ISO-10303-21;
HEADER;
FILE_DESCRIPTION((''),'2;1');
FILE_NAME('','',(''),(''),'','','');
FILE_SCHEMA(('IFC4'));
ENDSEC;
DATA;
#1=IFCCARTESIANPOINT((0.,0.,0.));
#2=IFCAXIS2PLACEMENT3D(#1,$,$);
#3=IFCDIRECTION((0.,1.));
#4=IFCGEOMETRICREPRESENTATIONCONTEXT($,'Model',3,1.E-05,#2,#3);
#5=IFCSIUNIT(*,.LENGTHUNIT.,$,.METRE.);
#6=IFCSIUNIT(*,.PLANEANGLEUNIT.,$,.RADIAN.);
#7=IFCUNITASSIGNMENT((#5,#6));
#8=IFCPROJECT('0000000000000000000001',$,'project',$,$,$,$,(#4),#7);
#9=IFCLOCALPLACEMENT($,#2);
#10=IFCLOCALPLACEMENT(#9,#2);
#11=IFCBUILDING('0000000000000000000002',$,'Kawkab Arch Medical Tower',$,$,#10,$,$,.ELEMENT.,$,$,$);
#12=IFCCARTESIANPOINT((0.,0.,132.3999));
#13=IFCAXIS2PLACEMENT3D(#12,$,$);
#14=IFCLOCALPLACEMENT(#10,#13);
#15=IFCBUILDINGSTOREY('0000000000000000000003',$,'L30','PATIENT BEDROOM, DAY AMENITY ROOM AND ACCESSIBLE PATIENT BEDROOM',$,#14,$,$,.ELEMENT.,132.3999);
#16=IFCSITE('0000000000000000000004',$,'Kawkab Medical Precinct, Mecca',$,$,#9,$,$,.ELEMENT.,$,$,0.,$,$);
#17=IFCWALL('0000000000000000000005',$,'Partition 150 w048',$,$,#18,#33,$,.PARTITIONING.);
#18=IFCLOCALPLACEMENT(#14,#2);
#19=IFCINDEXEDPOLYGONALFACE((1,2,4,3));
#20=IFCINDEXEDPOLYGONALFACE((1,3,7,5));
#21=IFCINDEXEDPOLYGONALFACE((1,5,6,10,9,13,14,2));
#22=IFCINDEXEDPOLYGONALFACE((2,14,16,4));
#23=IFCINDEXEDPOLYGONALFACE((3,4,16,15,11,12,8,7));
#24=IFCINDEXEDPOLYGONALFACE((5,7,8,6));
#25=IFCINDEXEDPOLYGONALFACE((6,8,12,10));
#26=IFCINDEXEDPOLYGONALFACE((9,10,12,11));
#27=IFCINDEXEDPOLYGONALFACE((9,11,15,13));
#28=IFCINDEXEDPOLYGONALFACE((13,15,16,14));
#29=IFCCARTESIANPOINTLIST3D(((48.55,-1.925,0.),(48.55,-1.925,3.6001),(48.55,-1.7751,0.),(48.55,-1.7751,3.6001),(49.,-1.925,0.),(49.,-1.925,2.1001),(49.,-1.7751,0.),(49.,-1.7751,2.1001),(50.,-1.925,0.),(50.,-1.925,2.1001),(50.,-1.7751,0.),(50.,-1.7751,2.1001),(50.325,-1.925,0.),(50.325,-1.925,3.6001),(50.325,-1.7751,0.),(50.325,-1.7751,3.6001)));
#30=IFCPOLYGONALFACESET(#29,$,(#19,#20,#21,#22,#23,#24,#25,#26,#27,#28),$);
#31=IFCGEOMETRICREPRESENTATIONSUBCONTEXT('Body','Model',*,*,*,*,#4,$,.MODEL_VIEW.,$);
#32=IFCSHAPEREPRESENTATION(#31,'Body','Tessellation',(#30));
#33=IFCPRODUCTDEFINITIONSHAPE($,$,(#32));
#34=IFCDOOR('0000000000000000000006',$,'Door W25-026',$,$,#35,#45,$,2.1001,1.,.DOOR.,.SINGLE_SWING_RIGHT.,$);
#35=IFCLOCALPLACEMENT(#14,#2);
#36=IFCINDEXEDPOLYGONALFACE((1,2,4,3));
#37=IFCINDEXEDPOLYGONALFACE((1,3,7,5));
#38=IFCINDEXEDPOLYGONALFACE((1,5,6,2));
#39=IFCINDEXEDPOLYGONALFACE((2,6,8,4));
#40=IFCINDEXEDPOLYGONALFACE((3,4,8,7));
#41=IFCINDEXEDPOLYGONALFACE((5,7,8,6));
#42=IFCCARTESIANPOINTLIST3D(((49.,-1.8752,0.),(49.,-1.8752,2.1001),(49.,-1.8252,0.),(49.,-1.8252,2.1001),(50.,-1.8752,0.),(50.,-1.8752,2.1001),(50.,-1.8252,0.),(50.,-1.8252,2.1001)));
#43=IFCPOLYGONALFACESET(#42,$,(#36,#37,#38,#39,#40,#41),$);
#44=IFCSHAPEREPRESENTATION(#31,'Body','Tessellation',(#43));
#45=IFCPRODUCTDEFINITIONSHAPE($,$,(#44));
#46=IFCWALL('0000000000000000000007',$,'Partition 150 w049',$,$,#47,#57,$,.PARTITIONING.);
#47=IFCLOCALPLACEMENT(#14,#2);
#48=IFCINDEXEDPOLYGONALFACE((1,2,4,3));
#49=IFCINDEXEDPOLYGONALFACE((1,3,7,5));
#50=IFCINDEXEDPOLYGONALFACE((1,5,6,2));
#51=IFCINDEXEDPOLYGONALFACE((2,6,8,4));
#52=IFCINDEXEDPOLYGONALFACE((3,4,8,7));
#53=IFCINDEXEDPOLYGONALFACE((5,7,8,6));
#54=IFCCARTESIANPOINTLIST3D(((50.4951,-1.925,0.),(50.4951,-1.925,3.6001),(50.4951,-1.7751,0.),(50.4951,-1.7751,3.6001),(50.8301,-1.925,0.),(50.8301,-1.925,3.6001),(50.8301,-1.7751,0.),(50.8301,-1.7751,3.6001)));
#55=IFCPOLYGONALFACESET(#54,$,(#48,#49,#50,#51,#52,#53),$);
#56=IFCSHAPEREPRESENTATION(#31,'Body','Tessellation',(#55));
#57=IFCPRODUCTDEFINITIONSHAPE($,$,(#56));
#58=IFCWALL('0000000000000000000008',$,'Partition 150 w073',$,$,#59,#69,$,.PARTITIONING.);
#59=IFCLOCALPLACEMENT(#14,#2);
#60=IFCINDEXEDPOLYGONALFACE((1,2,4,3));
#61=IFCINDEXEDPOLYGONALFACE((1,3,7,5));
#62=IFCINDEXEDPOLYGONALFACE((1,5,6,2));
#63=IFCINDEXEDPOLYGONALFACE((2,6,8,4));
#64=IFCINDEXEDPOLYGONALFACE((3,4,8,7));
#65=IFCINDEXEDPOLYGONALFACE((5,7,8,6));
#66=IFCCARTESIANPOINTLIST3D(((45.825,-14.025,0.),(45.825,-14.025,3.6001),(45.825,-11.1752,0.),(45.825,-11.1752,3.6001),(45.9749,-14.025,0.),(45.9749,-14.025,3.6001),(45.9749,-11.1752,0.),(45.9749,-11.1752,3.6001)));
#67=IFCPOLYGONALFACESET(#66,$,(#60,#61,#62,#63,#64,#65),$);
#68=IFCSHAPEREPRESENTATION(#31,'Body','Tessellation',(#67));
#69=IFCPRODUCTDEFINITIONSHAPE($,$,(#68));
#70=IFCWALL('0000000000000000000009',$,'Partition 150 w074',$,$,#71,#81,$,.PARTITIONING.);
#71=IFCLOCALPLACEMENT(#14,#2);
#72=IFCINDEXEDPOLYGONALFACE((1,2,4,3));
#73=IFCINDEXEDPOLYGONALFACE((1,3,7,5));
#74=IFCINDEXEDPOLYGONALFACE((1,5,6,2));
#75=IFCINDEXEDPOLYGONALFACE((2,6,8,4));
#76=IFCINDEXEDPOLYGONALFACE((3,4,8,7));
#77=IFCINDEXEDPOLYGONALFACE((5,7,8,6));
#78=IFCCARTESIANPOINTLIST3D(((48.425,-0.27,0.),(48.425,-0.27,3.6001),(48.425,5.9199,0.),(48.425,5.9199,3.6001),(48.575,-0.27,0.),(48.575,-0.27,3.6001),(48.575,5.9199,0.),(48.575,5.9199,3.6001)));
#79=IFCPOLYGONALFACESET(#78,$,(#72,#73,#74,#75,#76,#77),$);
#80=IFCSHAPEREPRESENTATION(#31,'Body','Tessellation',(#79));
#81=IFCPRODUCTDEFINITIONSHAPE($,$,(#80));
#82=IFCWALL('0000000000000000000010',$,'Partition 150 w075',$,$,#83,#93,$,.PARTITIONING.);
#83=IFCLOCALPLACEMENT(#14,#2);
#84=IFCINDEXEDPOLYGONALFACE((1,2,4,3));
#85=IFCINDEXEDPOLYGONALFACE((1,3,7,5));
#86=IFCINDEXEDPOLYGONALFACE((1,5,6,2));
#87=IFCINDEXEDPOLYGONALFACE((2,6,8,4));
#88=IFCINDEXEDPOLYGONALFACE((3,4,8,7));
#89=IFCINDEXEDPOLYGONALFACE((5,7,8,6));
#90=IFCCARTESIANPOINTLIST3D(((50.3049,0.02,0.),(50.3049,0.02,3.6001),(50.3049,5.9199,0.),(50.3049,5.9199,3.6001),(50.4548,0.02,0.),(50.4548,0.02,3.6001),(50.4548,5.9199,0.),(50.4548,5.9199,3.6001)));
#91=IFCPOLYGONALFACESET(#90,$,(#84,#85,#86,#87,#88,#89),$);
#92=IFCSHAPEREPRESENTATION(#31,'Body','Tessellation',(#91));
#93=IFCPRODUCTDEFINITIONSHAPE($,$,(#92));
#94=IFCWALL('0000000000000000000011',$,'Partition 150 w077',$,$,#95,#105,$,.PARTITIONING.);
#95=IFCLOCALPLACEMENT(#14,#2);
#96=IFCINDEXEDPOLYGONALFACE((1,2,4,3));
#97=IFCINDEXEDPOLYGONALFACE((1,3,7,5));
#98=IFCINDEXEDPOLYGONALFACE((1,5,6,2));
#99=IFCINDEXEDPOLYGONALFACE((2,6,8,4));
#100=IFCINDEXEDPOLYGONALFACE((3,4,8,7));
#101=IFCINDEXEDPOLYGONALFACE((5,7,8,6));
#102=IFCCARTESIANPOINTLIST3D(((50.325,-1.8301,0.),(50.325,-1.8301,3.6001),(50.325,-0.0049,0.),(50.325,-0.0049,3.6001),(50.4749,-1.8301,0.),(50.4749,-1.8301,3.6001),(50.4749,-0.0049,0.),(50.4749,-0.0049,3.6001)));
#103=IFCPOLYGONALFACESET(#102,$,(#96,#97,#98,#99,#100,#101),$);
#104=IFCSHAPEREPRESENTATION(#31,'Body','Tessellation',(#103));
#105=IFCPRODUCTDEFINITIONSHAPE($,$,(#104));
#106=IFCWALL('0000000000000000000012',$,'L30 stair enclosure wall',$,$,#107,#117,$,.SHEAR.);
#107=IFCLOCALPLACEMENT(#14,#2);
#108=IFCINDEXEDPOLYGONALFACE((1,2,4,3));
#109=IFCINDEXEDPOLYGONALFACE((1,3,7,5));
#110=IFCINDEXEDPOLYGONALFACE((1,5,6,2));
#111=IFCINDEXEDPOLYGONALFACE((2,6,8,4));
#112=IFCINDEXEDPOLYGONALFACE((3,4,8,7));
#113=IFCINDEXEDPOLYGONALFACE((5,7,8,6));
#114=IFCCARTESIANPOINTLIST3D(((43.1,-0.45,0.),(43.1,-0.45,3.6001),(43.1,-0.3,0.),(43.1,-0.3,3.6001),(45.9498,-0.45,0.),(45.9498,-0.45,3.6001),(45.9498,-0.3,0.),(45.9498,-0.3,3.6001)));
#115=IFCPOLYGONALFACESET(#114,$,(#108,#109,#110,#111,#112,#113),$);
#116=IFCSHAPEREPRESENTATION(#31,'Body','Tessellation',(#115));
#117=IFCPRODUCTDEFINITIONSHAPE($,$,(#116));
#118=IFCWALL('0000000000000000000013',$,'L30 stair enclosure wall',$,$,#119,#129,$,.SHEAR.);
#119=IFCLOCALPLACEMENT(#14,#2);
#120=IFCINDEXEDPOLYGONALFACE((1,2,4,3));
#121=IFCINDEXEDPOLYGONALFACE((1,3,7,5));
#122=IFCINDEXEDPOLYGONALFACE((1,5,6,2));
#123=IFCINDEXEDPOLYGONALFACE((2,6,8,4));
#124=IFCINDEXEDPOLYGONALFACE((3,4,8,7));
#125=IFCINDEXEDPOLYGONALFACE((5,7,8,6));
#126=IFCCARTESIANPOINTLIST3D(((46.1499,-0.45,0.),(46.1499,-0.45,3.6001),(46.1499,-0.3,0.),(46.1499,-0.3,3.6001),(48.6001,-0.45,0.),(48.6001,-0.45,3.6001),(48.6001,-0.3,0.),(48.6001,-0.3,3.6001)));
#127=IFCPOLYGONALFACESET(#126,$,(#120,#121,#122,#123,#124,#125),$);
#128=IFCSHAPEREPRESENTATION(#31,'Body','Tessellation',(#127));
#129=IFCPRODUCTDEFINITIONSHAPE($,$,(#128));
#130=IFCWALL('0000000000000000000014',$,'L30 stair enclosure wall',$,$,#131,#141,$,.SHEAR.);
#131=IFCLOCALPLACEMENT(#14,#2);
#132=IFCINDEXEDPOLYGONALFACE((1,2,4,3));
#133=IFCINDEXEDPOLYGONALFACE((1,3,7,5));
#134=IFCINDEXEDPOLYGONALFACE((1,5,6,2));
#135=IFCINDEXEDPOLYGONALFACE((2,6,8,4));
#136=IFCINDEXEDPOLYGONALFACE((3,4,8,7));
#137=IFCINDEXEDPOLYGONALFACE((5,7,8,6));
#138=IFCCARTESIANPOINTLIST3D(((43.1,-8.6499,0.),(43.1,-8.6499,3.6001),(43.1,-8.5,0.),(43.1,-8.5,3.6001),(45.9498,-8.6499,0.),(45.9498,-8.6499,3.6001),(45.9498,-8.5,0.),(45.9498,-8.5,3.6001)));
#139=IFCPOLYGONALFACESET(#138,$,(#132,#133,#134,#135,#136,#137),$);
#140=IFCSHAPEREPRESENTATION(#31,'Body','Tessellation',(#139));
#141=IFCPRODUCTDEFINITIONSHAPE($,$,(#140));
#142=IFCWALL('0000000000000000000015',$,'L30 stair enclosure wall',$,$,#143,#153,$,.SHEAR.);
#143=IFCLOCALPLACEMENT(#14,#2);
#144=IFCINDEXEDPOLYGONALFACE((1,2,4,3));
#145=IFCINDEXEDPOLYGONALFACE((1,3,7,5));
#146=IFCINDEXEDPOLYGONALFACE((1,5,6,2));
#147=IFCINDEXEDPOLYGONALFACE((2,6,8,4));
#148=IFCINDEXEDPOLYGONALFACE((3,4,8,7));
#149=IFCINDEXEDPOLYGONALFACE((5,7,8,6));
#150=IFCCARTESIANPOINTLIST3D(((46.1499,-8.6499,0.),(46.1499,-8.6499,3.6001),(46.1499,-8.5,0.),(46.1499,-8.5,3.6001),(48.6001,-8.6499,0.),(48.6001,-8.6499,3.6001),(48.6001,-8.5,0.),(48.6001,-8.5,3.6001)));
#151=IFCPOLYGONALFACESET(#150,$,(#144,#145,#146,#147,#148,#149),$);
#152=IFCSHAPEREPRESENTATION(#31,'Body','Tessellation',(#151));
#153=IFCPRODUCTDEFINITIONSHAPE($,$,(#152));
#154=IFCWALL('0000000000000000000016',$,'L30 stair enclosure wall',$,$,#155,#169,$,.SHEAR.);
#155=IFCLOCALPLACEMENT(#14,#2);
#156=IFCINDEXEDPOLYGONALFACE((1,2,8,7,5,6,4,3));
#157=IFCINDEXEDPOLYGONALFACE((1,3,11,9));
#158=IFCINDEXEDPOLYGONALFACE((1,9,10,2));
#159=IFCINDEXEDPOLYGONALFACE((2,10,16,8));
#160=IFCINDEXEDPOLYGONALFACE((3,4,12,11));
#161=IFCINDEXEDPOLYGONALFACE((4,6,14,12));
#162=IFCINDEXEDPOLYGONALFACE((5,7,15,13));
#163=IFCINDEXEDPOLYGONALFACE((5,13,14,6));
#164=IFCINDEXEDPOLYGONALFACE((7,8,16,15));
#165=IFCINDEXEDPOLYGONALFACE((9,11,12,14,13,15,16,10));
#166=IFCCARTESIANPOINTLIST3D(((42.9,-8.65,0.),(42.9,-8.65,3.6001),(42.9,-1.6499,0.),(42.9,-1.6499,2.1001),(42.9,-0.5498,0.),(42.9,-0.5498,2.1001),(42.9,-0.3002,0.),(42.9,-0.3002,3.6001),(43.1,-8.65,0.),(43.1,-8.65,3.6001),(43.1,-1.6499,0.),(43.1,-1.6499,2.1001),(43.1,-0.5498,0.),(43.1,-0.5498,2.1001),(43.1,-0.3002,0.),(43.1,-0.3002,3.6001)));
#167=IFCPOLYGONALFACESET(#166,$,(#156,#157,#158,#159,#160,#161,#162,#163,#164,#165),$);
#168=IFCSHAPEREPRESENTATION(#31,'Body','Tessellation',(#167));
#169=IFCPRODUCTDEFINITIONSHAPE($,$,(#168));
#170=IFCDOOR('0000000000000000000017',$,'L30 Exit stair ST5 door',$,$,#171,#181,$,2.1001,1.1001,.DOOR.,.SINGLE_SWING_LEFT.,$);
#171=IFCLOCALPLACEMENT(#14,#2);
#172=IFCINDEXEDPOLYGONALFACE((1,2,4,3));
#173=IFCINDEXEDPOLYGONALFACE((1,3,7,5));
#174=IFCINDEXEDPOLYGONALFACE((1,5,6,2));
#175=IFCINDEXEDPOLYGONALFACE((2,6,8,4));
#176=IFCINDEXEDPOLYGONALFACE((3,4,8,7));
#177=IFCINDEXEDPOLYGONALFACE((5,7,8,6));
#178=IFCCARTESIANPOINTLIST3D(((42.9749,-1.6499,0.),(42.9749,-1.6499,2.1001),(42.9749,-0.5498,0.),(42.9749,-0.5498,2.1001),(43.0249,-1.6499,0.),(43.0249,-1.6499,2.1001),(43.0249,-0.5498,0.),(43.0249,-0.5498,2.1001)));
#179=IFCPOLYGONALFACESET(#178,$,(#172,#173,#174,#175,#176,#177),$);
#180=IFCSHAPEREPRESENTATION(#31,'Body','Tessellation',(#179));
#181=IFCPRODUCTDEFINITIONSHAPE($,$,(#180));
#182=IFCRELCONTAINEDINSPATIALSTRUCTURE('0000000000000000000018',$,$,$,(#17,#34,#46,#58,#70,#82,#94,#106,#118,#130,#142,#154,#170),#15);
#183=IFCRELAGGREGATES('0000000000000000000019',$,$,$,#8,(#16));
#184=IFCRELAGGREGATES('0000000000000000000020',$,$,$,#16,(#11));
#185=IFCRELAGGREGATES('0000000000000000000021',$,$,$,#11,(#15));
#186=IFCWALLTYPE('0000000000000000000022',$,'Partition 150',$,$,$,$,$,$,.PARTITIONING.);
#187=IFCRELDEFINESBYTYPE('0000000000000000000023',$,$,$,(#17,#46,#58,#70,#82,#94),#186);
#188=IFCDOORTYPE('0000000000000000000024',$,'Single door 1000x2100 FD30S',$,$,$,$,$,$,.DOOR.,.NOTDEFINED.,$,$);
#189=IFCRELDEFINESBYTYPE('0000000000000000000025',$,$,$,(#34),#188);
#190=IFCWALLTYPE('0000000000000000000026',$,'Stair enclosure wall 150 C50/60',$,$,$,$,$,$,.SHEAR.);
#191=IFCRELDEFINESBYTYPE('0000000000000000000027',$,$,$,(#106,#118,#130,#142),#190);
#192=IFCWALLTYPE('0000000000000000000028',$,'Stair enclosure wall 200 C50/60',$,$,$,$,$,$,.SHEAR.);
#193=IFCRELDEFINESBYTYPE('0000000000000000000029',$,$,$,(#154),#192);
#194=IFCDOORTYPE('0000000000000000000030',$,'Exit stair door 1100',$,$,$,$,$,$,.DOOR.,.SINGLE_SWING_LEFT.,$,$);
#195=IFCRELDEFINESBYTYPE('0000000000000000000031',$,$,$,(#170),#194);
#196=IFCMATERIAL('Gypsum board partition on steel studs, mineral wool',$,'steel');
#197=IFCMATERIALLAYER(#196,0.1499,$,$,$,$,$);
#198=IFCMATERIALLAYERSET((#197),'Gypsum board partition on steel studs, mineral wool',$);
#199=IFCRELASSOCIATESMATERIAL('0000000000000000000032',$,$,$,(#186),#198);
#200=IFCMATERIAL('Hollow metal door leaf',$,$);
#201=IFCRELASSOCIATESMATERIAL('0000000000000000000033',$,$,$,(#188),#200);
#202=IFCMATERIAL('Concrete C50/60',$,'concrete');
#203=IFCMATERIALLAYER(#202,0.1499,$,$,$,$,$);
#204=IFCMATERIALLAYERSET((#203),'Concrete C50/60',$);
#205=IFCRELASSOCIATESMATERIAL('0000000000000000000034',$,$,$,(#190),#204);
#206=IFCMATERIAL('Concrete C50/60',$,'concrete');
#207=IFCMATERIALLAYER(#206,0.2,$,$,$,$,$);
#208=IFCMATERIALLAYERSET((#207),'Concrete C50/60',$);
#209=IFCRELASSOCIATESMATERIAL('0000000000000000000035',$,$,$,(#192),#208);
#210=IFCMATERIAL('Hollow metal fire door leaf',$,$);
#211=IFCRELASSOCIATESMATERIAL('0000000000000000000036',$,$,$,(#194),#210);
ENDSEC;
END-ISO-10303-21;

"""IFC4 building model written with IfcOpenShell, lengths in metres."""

from ifc_helpers import new_model, si_unit, direction, frame, frame_2d, origin, place, context, subcontext, project, spatial, rectangle, extrude, material, layer, layer_set, type_object, element, fill, save


model = new_model("IFC4")

# Units and contexts
model_context = context("Model", 3, precision=1e-05, world=origin(), true_north=direction((0.0, 1.0)))
body_context = subcontext(model_context, "Body", "Model", "MODEL_VIEW")
ifc_project = project(units=[si_unit("LENGTHUNIT", "METRE"), si_unit("PLANEANGLEUNIT", "RADIAN")], contexts=[model_context])

# Site, building, storey
site_placement = place(None, origin())
site = spatial("IfcSite", under=ifc_project, at=site_placement, Name="Kawkab Medical Precinct, Mecca", CompositionType="ELEMENT", RefElevation=0.0)
building_placement = place(site_placement, origin())
building = spatial("IfcBuilding", under=site, at=building_placement, Name="Kawkab Arch Medical Tower", CompositionType="ELEMENT")
storey_placement = place(building_placement, frame((0.0, 0.0, 132.3999)))
storey = spatial("IfcBuildingStorey", under=building, at=storey_placement, Name="L30", Description="PATIENT BEDROOM, DAY AMENITY ROOM AND ACCESSIBLE PATIENT BEDROOM", CompositionType="ELEMENT", Elevation=132.3999)

# Wall, opening, door
ifc_material_1 = material(Name="Gypsum board partition on steel studs, mineral wool", Category="steel")
ifc_layer_1 = layer(ifc_material_1, 0.1499)
ifc_layer_set_1 = layer_set([ifc_layer_1], Name="Gypsum board partition on steel studs, mineral wool")
wall_type_1 = type_object("IfcWallType", Name="Partition 150", PredefinedType="PARTITIONING", material=ifc_layer_set_1)
wall_1_placement = place(storey_placement, frame((48.55, -1.8501, 0.0), z_axis=(0.0, 0.0, 1.0), x_axis=(1.0, 0.0, 0.0)))
wall_1 = element("IfcWall", 1, at=wall_1_placement, inside=storey, type_object=wall_type_1, Name="Partition 150 w048", PredefinedType="PARTITIONING", context=body_context, shape_type="SweptSolid", body=[
    extrude(rectangle(XDim=1.7749, YDim=0.1499, at=frame_2d((0.8875, 0.0))), origin(), (0.0, 0.0, 1.0), 3.6001),
])
opening_1_placement = place(wall_1_placement, frame((0.45, 0.0, 0.0)))
opening_1 = element("IfcOpeningElement", 2, at=opening_1_placement, cuts=wall_1, PredefinedType="OPENING", context=body_context, shape_type="SweptSolid", body=[
    extrude(rectangle(XDim=1.0, YDim=2.1001, at=frame_2d((0.5, 1.05))), frame((0.0, 0.085, 0.0), z_axis=(0.0, -1.0, 0.0), x_axis=(1.0, 0.0, 0.0)), (0.0, 0.0, 1.0), 0.1699),
])
ifc_material_2 = material(Name="Hollow metal door leaf")
door_type_1 = type_object("IfcDoorType", Name="Single door 1000x2100 FD30S", OperationType="NOTDEFINED", PredefinedType="DOOR", material=ifc_material_2)
door_1_placement = place(opening_1_placement, origin())
door_1 = element("IfcDoor", 3, at=door_1_placement, inside=storey, type_object=door_type_1, Name="Door W25-026", OperationType="SINGLE_SWING_RIGHT", OverallHeight=2.1001, OverallWidth=1.0, PredefinedType="DOOR", context=body_context, shape_type="SweptSolid", body=[
    extrude(rectangle(XDim=1.0, YDim=2.1001, at=frame_2d((0.5, 1.05))), frame((0.0, 0.0249, 0.0), z_axis=(0.0, -1.0, 0.0), x_axis=(1.0, 0.0, 0.0)), (0.0, 0.0, 1.0), 0.05),
])
fill(opening_1, door_1)

# Walls
wall_2_placement = place(storey_placement, frame((50.4951, -1.8501, 0.0), z_axis=(0.0, 0.0, 1.0), x_axis=(1.0, 0.0, 0.0)))
element("IfcWall", 4, at=wall_2_placement, inside=storey, type_object=wall_type_1, Name="Partition 150 w049", PredefinedType="PARTITIONING", context=body_context, shape_type="SweptSolid", body=[
    extrude(rectangle(XDim=0.335, YDim=0.1499, at=frame_2d((0.1675, 0.0))), origin(), (0.0, 0.0, 1.0), 3.6001),
])
wall_3_placement = place(storey_placement, frame((45.8999, -14.0249, 0.0), z_axis=(0.0, 0.0, 1.0), x_axis=(0.0, 1.0, 0.0)))
element("IfcWall", 5, at=wall_3_placement, inside=storey, type_object=wall_type_1, Name="Partition 150 w073", PredefinedType="PARTITIONING", context=body_context, shape_type="SweptSolid", body=[
    extrude(rectangle(XDim=2.8499, YDim=0.1499, at=frame_2d((1.4248, 0.0))), origin(), (0.0, 0.0, 1.0), 3.6001),
])
wall_4_placement = place(storey_placement, frame((48.5, -0.27, 0.0), z_axis=(0.0, 0.0, 1.0), x_axis=(0.0, 1.0, 0.0)))
element("IfcWall", 6, at=wall_4_placement, inside=storey, type_object=wall_type_1, Name="Partition 150 w074", PredefinedType="PARTITIONING", context=body_context, shape_type="SweptSolid", body=[
    extrude(rectangle(XDim=6.1899, YDim=0.1499, at=frame_2d((3.095, 0.0))), origin(), (0.0, 0.0, 1.0), 3.6001),
])
wall_5_placement = place(storey_placement, frame((50.3799, 0.02, 0.0), z_axis=(0.0, 0.0, 1.0), x_axis=(0.0, 1.0, 0.0)))
element("IfcWall", 7, at=wall_5_placement, inside=storey, type_object=wall_type_1, Name="Partition 150 w075", PredefinedType="PARTITIONING", context=body_context, shape_type="SweptSolid", body=[
    extrude(rectangle(XDim=5.8999, YDim=0.1499, at=frame_2d((2.95, 0.0))), origin(), (0.0, 0.0, 1.0), 3.6001),
])
wall_6_placement = place(storey_placement, frame((50.3999, -1.8301, 0.0), z_axis=(0.0, 0.0, 1.0), x_axis=(0.0, 1.0, 0.0)))
element("IfcWall", 8, at=wall_6_placement, inside=storey, type_object=wall_type_1, Name="Partition 150 w077", PredefinedType="PARTITIONING", context=body_context, shape_type="SweptSolid", body=[
    extrude(rectangle(XDim=1.8252, YDim=0.1499, at=frame_2d((0.9126, 0.0))), origin(), (0.0, 0.0, 1.0), 3.6001),
])
ifc_material_3 = material(Name="Concrete C50/60", Category="concrete")
ifc_layer_2 = layer(ifc_material_3, 0.1499)
ifc_layer_set_2 = layer_set([ifc_layer_2], Name="Concrete C50/60")
wall_type_2 = type_object("IfcWallType", Name="Stair enclosure wall 150 C50/60", PredefinedType="SHEAR", material=ifc_layer_set_2)
wall_7_placement = place(storey_placement, frame((43.1001, -0.375, 0.0), z_axis=(0.0, 0.0, 1.0), x_axis=(1.0, 0.0, 0.0)))
element("IfcWall", 9, at=wall_7_placement, inside=storey, type_object=wall_type_2, Name="L30 stair enclosure wall", PredefinedType="SHEAR", context=body_context, shape_type="SweptSolid", body=[
    extrude(rectangle(XDim=2.8499, YDim=0.1499, at=frame_2d((1.4248, 0.0))), origin(), (0.0, 0.0, 1.0), 3.6001),
])
wall_8_placement = place(storey_placement, frame((46.1499, -0.375, 0.0), z_axis=(0.0, 0.0, 1.0), x_axis=(1.0, 0.0, 0.0)))
element("IfcWall", 10, at=wall_8_placement, inside=storey, type_object=wall_type_2, Name="L30 stair enclosure wall", PredefinedType="SHEAR", context=body_context, shape_type="SweptSolid", body=[
    extrude(rectangle(XDim=2.4502, YDim=0.1499, at=frame_2d((1.2251, 0.0))), origin(), (0.0, 0.0, 1.0), 3.6001),
])
wall_9_placement = place(storey_placement, frame((43.1001, -8.575, 0.0), z_axis=(0.0, 0.0, 1.0), x_axis=(1.0, 0.0, 0.0)))
element("IfcWall", 11, at=wall_9_placement, inside=storey, type_object=wall_type_2, Name="L30 stair enclosure wall", PredefinedType="SHEAR", context=body_context, shape_type="SweptSolid", body=[
    extrude(rectangle(XDim=2.8499, YDim=0.1499, at=frame_2d((1.4248, 0.0))), origin(), (0.0, 0.0, 1.0), 3.6001),
])
wall_10_placement = place(storey_placement, frame((46.1499, -8.575, 0.0), z_axis=(0.0, 0.0, 1.0), x_axis=(1.0, 0.0, 0.0)))
element("IfcWall", 12, at=wall_10_placement, inside=storey, type_object=wall_type_2, Name="L30 stair enclosure wall", PredefinedType="SHEAR", context=body_context, shape_type="SweptSolid", body=[
    extrude(rectangle(XDim=2.4502, YDim=0.1499, at=frame_2d((1.2251, 0.0))), origin(), (0.0, 0.0, 1.0), 3.6001),
])

# Wall, opening, door
ifc_material_4 = material(Name="Concrete C50/60", Category="concrete")
ifc_layer_3 = layer(ifc_material_4, 0.2)
ifc_layer_set_3 = layer_set([ifc_layer_3], Name="Concrete C50/60")
wall_type_3 = type_object("IfcWallType", Name="Stair enclosure wall 200 C50/60", PredefinedType="SHEAR", material=ifc_layer_set_3)
wall_11_placement = place(storey_placement, frame((43.0, -8.6499, 0.0), z_axis=(0.0, 0.0, 1.0), x_axis=(0.0, 1.0, 0.0)))
wall_11 = element("IfcWall", 13, at=wall_11_placement, inside=storey, type_object=wall_type_3, Name="L30 stair enclosure wall", PredefinedType="SHEAR", context=body_context, shape_type="SweptSolid", body=[
    extrude(rectangle(XDim=8.3499, YDim=0.2, at=frame_2d((4.1748, 0.0))), origin(), (0.0, 0.0, 1.0), 3.6001),
])
opening_2_placement = place(wall_11_placement, frame((7.0, 0.0, 0.0)))
opening_2 = element("IfcOpeningElement", 14, at=opening_2_placement, cuts=wall_11, PredefinedType="OPENING", context=body_context, shape_type="SweptSolid", body=[
    extrude(rectangle(XDim=1.1001, YDim=2.1001, at=frame_2d((0.55, 1.05))), frame((0.0, 0.1099, 0.0), z_axis=(0.0, -1.0, 0.0), x_axis=(1.0, 0.0, 0.0)), (0.0, 0.0, 1.0), 0.22),
])
ifc_material_5 = material(Name="Hollow metal fire door leaf")
door_type_2 = type_object("IfcDoorType", Name="Exit stair door 1100", OperationType="SINGLE_SWING_LEFT", PredefinedType="DOOR", material=ifc_material_5)
door_2_placement = place(opening_2_placement, frame((1.1001, 0.0, 0.0), z_axis=(0.0, 0.0, 1.0), x_axis=(-1.0, 0.0, 0.0)))
door_2 = element("IfcDoor", 15, at=door_2_placement, inside=storey, type_object=door_type_2, Name="L30 Exit stair ST5 door", OperationType="SINGLE_SWING_LEFT", OverallHeight=2.1001, OverallWidth=1.1001, PredefinedType="DOOR", context=body_context, shape_type="SweptSolid", body=[
    extrude(rectangle(XDim=1.1001, YDim=2.1001, at=frame_2d((0.55, 1.05))), frame((0.0, 0.0249, 0.0), z_axis=(0.0, -1.0, 0.0), x_axis=(1.0, 0.0, 0.0)), (0.0, 0.0, 1.0), 0.05),
])
fill(opening_2, door_2)

save(model, "model.ifc")
